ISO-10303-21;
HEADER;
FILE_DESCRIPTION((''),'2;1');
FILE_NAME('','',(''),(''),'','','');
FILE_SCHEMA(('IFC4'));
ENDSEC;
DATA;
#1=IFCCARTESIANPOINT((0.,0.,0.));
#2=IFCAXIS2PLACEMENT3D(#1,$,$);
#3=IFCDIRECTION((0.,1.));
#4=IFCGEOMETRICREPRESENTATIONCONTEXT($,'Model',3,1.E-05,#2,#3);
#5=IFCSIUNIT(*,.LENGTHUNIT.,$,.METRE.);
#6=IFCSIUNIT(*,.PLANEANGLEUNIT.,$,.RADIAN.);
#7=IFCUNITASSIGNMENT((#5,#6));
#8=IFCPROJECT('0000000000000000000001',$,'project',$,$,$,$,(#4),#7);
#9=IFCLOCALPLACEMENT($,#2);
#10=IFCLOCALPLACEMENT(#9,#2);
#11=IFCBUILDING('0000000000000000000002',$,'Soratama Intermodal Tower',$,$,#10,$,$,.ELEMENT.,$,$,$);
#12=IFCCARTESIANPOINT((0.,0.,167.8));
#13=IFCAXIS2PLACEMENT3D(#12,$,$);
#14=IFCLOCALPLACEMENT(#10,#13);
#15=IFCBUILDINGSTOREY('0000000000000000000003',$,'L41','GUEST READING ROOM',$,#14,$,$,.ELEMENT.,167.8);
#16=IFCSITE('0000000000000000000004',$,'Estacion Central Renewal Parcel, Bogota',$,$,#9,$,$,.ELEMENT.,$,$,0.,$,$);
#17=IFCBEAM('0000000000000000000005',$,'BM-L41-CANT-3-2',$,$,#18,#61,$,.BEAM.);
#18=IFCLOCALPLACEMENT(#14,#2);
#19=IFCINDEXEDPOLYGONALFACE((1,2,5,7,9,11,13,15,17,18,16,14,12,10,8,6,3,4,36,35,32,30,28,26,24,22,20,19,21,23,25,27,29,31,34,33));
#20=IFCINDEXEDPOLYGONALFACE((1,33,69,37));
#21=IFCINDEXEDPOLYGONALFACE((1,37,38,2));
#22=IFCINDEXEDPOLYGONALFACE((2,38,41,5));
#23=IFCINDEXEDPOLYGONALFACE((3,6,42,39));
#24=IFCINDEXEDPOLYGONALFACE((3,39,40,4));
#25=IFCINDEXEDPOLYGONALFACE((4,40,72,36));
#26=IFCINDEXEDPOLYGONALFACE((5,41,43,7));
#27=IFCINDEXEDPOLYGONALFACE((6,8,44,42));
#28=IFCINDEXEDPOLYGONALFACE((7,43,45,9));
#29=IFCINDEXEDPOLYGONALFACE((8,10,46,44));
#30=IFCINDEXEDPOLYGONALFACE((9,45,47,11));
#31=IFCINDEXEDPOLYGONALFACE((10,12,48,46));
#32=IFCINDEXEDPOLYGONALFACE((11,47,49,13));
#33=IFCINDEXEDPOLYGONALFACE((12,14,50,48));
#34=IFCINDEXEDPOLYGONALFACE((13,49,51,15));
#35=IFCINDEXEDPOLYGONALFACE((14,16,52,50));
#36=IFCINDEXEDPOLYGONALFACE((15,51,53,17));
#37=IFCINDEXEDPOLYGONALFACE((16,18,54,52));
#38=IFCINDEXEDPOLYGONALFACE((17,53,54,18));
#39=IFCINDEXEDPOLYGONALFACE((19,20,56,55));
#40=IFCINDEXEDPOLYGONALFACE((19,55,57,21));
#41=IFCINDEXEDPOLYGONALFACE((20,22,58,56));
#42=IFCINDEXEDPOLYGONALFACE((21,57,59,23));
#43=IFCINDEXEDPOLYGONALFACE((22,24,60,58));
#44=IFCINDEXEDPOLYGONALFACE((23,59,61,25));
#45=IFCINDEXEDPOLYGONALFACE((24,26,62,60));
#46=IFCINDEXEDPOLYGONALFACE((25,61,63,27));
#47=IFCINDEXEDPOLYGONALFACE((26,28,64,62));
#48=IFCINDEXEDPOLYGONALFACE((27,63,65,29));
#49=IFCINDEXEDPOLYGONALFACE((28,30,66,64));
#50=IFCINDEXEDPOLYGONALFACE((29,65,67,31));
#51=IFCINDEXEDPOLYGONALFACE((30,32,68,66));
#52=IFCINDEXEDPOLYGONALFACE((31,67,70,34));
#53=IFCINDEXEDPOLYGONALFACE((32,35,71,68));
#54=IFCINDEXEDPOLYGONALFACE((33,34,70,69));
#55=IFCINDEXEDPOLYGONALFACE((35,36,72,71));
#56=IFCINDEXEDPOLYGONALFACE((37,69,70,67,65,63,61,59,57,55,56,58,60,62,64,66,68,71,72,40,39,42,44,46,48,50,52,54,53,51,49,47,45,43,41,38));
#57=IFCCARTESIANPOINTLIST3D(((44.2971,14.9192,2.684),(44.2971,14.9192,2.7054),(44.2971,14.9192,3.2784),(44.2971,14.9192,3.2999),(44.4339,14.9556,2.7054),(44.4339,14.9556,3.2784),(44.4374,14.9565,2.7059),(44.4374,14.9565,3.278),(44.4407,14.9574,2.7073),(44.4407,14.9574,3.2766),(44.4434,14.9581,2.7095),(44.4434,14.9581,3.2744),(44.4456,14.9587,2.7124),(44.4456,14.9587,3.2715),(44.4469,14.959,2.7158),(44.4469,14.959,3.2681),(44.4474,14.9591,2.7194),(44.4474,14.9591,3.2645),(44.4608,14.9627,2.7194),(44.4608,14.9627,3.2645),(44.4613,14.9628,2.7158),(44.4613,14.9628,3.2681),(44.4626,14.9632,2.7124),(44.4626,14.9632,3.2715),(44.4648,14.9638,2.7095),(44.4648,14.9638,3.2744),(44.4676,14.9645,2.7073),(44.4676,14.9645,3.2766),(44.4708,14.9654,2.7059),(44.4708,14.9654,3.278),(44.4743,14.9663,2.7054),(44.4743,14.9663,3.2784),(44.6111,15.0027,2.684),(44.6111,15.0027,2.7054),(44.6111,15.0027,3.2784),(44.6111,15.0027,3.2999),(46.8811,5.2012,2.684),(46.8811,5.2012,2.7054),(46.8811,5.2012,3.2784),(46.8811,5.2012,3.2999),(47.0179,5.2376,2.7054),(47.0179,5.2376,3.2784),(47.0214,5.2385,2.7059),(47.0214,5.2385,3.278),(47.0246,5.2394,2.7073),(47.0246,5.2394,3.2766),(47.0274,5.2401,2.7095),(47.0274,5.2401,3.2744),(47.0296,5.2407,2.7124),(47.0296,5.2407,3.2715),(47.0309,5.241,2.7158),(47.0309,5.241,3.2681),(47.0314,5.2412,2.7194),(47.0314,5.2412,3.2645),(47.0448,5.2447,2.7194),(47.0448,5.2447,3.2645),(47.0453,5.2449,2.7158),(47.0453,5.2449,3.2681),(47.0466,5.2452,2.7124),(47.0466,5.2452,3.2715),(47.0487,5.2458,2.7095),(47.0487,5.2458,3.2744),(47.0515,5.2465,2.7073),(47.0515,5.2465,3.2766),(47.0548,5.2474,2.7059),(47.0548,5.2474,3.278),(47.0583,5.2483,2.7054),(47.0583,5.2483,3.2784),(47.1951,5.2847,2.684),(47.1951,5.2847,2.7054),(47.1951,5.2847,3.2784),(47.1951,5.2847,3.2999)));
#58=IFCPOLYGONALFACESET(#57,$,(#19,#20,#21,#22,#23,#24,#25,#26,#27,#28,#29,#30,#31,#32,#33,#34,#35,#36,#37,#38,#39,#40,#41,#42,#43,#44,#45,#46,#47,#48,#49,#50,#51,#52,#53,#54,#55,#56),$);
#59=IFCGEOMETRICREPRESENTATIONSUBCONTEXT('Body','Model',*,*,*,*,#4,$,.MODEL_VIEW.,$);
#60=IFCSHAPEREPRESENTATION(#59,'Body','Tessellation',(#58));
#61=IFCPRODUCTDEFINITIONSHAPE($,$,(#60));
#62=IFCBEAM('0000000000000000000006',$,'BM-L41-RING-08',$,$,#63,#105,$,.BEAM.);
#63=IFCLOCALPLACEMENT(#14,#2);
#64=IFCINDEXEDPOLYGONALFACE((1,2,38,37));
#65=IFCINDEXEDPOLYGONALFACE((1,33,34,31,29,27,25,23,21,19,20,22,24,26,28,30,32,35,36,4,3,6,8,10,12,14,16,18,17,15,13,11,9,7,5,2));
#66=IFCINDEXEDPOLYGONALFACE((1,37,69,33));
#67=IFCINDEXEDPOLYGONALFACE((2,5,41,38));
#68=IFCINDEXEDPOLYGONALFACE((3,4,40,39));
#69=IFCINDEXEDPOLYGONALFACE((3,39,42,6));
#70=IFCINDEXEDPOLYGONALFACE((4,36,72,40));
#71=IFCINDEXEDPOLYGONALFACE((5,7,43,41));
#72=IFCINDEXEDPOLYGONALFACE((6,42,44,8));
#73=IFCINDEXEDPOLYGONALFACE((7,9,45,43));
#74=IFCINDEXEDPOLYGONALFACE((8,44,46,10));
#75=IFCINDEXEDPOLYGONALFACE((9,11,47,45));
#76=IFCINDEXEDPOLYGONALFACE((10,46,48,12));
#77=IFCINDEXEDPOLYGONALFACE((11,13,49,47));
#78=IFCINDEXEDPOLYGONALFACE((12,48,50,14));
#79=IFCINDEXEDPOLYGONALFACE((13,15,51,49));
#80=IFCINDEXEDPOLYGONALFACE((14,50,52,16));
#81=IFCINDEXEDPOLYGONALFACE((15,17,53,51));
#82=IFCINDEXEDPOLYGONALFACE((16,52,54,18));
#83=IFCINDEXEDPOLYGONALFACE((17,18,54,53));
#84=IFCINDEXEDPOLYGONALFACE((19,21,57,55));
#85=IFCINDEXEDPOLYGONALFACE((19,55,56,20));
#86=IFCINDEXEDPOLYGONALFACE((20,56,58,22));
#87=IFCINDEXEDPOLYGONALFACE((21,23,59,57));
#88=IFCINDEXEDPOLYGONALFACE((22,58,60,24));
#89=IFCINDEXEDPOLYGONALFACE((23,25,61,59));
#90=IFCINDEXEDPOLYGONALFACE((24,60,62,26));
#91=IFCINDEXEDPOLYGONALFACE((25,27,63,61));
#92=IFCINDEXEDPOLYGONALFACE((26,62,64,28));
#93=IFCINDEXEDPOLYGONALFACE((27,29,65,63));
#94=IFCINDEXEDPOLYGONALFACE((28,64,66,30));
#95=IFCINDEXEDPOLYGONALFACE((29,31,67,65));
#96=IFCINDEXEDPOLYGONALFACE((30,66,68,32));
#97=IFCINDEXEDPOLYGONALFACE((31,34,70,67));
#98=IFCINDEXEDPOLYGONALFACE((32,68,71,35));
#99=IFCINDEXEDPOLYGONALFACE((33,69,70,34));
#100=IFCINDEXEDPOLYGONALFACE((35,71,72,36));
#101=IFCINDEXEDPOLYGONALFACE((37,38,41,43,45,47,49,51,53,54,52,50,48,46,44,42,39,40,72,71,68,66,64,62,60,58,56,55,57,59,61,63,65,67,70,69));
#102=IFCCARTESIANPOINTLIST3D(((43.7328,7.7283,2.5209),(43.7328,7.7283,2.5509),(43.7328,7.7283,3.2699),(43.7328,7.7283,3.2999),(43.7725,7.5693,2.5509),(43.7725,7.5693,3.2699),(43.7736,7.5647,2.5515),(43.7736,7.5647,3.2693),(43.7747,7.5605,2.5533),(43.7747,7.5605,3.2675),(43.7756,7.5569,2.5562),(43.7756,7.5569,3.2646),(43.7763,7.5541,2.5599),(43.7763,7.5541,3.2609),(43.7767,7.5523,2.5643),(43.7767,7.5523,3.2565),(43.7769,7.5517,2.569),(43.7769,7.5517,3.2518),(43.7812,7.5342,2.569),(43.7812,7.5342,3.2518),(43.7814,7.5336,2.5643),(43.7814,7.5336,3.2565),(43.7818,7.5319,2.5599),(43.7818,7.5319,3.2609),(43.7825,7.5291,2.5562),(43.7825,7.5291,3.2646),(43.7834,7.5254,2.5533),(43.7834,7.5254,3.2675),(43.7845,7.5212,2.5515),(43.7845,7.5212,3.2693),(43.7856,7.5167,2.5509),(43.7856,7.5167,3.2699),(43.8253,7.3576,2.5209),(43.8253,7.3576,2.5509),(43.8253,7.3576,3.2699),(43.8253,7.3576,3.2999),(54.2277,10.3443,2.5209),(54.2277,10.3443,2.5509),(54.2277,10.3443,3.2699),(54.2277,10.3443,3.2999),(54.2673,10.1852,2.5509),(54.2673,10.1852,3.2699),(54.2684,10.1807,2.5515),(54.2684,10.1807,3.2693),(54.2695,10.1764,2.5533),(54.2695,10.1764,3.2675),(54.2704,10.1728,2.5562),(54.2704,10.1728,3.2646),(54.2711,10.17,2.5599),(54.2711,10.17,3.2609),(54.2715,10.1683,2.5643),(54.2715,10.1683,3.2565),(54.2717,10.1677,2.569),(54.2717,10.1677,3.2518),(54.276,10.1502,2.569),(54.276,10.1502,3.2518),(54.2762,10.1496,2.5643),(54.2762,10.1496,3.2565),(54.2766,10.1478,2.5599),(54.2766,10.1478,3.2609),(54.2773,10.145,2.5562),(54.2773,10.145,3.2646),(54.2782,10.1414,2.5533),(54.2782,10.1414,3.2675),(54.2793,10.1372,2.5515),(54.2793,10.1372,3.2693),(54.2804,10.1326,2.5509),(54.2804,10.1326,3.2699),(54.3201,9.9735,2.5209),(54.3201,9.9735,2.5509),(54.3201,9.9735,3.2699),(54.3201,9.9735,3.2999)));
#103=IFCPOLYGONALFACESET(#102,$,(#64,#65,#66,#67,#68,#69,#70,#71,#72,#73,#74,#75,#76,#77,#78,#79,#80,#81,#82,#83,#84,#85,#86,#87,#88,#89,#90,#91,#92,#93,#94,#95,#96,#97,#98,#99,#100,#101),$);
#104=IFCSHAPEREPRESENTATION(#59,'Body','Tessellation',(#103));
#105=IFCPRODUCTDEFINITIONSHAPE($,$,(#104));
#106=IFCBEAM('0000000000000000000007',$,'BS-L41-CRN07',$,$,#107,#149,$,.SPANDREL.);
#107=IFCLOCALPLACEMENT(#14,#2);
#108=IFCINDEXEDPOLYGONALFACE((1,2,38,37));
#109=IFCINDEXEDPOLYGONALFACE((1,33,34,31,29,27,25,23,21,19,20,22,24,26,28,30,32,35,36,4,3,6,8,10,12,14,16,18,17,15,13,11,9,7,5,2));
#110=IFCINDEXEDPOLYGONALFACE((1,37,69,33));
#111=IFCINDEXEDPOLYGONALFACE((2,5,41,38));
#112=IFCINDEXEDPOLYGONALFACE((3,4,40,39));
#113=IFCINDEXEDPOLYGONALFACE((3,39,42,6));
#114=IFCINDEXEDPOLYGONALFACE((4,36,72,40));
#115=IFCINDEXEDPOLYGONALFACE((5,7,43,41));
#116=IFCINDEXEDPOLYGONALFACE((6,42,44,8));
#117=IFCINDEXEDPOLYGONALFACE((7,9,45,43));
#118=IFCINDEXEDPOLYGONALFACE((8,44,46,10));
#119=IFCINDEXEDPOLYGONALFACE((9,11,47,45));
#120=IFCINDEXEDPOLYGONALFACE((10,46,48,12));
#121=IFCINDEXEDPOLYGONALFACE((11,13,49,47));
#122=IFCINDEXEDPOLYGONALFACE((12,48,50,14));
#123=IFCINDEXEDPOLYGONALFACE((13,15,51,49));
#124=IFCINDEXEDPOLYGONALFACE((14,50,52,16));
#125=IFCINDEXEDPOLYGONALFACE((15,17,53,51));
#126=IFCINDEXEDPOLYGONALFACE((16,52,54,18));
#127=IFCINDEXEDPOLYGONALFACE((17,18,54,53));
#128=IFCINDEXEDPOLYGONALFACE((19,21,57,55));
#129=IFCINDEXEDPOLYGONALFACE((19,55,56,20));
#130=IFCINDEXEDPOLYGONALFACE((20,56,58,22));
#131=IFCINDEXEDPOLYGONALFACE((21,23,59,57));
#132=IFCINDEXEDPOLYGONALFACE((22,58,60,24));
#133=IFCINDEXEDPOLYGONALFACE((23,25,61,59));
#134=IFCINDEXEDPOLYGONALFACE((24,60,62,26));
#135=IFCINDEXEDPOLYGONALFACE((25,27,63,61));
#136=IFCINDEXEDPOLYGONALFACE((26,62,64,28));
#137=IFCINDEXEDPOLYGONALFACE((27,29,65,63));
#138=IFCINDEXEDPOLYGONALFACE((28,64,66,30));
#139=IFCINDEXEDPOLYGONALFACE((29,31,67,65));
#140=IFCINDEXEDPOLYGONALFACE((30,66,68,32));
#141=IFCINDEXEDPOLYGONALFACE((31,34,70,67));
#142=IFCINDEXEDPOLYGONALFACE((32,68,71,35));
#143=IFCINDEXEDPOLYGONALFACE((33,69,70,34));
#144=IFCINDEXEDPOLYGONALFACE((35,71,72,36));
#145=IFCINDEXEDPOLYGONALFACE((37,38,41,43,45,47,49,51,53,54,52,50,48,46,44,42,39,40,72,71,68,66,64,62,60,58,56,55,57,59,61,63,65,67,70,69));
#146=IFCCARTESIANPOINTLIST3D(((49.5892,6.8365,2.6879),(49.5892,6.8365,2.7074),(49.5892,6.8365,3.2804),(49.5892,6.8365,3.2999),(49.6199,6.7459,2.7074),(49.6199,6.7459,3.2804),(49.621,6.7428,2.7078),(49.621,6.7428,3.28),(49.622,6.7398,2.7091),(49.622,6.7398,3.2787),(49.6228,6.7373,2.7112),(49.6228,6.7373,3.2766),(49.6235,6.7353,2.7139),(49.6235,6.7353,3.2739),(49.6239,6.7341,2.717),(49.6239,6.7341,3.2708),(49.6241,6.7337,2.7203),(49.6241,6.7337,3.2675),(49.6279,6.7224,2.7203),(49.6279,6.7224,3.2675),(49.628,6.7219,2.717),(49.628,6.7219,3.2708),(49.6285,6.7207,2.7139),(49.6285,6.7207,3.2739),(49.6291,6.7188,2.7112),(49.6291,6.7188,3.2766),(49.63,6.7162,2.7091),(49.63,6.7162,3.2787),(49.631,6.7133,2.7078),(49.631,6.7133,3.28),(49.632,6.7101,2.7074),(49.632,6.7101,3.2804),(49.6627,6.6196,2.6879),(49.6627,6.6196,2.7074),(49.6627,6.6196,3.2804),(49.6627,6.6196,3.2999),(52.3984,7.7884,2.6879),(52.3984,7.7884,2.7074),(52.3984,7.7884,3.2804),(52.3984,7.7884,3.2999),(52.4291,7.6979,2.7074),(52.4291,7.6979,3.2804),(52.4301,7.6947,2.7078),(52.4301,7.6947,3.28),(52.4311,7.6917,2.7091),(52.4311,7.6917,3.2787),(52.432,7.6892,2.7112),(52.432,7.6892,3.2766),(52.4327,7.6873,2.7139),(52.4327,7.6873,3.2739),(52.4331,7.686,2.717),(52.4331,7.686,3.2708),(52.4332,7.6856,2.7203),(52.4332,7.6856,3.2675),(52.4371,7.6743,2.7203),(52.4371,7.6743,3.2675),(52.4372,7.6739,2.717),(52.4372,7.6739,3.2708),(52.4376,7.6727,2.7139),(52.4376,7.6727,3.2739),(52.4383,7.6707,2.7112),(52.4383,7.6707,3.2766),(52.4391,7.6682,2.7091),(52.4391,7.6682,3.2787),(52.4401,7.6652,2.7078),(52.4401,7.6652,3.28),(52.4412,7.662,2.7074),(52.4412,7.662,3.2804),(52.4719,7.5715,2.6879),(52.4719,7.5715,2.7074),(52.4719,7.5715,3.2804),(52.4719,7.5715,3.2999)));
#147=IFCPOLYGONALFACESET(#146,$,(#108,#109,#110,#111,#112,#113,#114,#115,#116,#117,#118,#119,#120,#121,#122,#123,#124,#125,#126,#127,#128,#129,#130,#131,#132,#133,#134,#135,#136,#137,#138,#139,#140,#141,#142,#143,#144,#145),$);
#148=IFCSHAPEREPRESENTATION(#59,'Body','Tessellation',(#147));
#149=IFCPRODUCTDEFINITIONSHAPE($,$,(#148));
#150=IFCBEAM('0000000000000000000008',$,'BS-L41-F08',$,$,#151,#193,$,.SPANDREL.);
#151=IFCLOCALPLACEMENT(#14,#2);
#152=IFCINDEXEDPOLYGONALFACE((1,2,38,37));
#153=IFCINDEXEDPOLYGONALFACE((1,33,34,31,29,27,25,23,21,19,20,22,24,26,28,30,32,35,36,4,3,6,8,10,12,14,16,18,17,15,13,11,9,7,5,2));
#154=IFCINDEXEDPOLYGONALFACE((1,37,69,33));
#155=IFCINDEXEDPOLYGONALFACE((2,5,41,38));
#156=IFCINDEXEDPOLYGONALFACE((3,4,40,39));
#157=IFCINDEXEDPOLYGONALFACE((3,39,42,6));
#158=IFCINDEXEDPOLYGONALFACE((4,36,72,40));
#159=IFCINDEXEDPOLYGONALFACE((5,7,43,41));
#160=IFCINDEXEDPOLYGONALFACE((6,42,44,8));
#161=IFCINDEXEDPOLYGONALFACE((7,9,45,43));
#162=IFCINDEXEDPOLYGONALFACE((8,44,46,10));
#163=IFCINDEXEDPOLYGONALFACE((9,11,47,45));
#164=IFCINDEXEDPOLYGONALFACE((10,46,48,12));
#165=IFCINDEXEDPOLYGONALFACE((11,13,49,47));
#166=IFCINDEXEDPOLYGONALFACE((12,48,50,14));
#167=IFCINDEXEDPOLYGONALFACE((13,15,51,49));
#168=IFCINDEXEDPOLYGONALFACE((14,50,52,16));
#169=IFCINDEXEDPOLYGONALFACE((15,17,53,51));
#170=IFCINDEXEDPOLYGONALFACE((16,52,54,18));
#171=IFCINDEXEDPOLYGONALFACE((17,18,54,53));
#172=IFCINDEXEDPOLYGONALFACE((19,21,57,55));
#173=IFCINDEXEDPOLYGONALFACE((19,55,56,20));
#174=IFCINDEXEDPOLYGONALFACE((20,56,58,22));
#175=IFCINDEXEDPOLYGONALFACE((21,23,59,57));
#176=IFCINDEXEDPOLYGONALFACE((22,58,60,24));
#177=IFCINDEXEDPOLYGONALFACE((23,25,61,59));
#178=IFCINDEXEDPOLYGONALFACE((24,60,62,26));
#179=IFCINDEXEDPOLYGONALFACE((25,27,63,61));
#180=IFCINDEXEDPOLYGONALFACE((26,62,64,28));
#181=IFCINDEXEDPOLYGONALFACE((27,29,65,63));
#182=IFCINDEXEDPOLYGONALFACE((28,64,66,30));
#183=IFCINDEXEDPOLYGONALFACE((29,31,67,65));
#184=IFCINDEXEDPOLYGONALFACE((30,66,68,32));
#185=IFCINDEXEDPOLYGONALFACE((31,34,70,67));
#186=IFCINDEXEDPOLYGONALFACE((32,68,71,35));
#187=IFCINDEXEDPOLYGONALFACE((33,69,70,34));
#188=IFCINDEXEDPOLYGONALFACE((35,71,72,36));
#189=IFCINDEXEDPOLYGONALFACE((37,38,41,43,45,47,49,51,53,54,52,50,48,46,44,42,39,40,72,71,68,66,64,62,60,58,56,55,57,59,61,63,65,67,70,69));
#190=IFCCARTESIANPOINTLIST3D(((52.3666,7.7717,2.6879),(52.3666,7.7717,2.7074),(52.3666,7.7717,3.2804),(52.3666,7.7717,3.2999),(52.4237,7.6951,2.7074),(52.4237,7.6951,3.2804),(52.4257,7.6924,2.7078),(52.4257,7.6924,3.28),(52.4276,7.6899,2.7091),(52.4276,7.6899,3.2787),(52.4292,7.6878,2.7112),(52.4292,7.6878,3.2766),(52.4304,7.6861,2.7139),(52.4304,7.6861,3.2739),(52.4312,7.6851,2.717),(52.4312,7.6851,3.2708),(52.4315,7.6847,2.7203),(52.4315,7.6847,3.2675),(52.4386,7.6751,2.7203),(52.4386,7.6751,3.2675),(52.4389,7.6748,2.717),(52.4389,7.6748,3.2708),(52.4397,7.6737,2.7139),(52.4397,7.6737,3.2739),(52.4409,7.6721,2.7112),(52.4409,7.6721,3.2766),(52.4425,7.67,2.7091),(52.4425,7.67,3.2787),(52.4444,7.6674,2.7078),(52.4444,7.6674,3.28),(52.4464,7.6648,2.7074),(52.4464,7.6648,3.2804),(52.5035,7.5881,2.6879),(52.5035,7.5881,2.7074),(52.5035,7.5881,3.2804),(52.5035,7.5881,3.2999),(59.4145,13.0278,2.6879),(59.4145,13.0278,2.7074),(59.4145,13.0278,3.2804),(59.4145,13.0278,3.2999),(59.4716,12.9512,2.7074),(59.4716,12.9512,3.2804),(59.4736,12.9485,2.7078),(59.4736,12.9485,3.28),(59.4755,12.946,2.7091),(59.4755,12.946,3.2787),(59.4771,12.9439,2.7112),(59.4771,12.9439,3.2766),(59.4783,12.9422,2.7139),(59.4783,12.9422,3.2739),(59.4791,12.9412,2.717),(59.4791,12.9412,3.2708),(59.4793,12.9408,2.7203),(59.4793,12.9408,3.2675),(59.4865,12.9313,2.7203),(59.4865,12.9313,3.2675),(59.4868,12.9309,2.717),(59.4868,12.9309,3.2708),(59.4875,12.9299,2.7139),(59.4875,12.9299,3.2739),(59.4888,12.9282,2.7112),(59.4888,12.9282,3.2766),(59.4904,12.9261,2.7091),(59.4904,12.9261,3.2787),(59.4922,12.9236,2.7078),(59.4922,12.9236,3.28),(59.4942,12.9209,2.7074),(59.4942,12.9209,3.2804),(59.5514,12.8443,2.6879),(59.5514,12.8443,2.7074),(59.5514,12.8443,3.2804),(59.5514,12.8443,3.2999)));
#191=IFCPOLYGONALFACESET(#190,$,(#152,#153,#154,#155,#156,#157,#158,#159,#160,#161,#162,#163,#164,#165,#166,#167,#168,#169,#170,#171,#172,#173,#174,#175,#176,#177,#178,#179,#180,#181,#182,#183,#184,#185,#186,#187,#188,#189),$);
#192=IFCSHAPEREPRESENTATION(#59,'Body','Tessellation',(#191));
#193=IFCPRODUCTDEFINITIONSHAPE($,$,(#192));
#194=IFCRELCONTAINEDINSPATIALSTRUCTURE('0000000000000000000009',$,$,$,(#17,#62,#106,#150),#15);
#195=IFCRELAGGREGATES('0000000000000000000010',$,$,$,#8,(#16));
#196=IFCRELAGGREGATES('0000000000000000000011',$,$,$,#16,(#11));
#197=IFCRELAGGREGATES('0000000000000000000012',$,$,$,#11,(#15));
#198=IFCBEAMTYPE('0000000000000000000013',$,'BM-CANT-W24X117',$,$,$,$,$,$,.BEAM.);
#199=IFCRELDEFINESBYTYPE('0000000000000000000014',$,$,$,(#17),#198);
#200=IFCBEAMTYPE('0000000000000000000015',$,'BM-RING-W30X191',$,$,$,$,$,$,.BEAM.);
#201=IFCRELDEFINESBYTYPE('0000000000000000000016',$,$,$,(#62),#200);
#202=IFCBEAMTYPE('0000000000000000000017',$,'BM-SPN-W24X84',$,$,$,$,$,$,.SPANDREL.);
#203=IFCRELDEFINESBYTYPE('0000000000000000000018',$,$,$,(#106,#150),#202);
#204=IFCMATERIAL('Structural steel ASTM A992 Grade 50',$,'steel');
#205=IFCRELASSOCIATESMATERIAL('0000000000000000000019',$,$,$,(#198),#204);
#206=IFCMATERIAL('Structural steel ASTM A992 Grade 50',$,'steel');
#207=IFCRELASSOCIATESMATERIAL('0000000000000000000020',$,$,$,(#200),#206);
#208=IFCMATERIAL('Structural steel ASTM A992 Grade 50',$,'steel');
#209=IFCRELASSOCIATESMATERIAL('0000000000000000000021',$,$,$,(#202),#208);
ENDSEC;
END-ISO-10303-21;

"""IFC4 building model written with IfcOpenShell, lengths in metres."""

from ifc_helpers import new_model, si_unit, direction, frame, origin, origin_2d, place, context, subcontext, project, spatial, i_section, extrude, material, material_profile, profile_set, type_object, element, save


model = new_model("IFC4")

# Units and contexts
model_context = context("Model", 3, precision=1e-05, world=origin(), true_north=direction((0.0, 1.0)))
body_context = subcontext(model_context, "Body", "Model", "MODEL_VIEW")
ifc_project = project(units=[si_unit("LENGTHUNIT", "METRE"), si_unit("PLANEANGLEUNIT", "RADIAN")], contexts=[model_context])

# Site, building, storey
site_placement = place(None, origin())
site = spatial("IfcSite", under=ifc_project, at=site_placement, Name="Estacion Central Renewal Parcel, Bogota", CompositionType="ELEMENT", RefElevation=0.0)
building_placement = place(site_placement, origin())
building = spatial("IfcBuilding", under=site, at=building_placement, Name="Soratama Intermodal Tower", CompositionType="ELEMENT")
storey_placement = place(building_placement, frame((0.0, 0.0, 167.8)))
storey = spatial("IfcBuildingStorey", under=building, at=storey_placement, Name="L41", Description="GUEST READING ROOM", CompositionType="ELEMENT", Elevation=167.8)

# Beams
ifc_material_1 = material(Name="Structural steel ASTM A992 Grade 50", Category="steel")
ifc_material_profile_1 = material_profile(ifc_material_1, i_section(OverallWidth=0.325, OverallDepth=0.616, WebThickness=0.0139, FlangeThickness=0.0215, FilletRadius=0.0139, at=origin_2d()), Name="W24X117")
ifc_profile_set_1 = profile_set([ifc_material_profile_1], Name="Structural steel ASTM A992 Grade 50")
beam_type_1 = type_object("IfcBeamType", Name="BM-CANT-W24X117", PredefinedType="BEAM", material=ifc_profile_set_1)
beam_1_placement = place(storey_placement, frame((44.4541, 14.9609, 2.9919), z_axis=(0.256967, -0.96642, 0.0), x_axis=(0.96642, 0.256967, 0.0)))
element("IfcBeam", 1, at=beam_1_placement, inside=storey, type_object=beam_type_1, Name="BM-L41-CANT-3-2", PredefinedType="BEAM", context=body_context, shape_type="SweptSolid", body=[
    extrude(i_section(OverallWidth=0.325, OverallDepth=0.616, WebThickness=0.0139, FlangeThickness=0.0215, FilletRadius=0.0139, at=origin_2d()), origin(), (0.0, 0.0, 1.0), 10.0557),
])
ifc_material_2 = material(Name="Structural steel ASTM A992 Grade 50", Category="steel")
ifc_material_profile_2 = material_profile(ifc_material_2, i_section(OverallWidth=0.3821, OverallDepth=0.7791, WebThickness=0.0181, FlangeThickness=0.03, FilletRadius=0.0181, at=origin_2d()), Name="W30X191")
ifc_profile_set_2 = profile_set([ifc_material_profile_2], Name="Structural steel ASTM A992 Grade 50")
beam_type_2 = type_object("IfcBeamType", Name="BM-RING-W30X191", PredefinedType="BEAM", material=ifc_profile_set_2)
beam_2_placement = place(storey_placement, frame((43.7791, 7.543, 2.9104), z_axis=(0.970311, 0.241861, 0.0), x_axis=(-0.241861, 0.970311, 0.0)))
element("IfcBeam", 2, at=beam_2_placement, inside=storey, type_object=beam_type_2, Name="BM-L41-RING-08", PredefinedType="BEAM", context=body_context, shape_type="SweptSolid", body=[
    extrude(i_section(OverallWidth=0.3821, OverallDepth=0.7791, WebThickness=0.0181, FlangeThickness=0.03, FilletRadius=0.0181, at=origin_2d()), origin(), (0.0, 0.0, 1.0), 10.8159),
])
ifc_material_3 = material(Name="Structural steel ASTM A992 Grade 50", Category="steel")
ifc_material_profile_3 = material_profile(ifc_material_3, i_section(OverallWidth=0.229, OverallDepth=0.6121, WebThickness=0.012, FlangeThickness=0.0195, FilletRadius=0.0129, at=origin_2d()), Name="W24X84")
ifc_profile_set_3 = profile_set([ifc_material_profile_3], Name="Structural steel ASTM A992 Grade 50")
beam_type_3 = type_object("IfcBeamType", Name="BM-SPN-W24X84", PredefinedType="SPANDREL", material=ifc_profile_set_3)
beam_3_placement = place(storey_placement, frame((49.626, 6.728, 2.9939), z_axis=(0.947099, 0.32094, 0.0), x_axis=(-0.32094, 0.947099, 0.0)))
element("IfcBeam", 3, at=beam_3_placement, inside=storey, type_object=beam_type_3, Name="BS-L41-CRN07", PredefinedType="SPANDREL", context=body_context, shape_type="SweptSolid", body=[
    extrude(i_section(OverallWidth=0.229, OverallDepth=0.6121, WebThickness=0.012, FlangeThickness=0.0195, FilletRadius=0.0129, at=origin_2d()), origin(), (0.0, 0.0, 1.0), 2.9661),
])
beam_4_placement = place(storey_placement, frame((52.4351, 7.6799, 2.9939), z_axis=(0.801623, 0.59783, 0.0), x_axis=(-0.59783, 0.801623, 0.0)))
element("IfcBeam", 4, at=beam_4_placement, inside=storey, type_object=beam_type_3, Name="BS-L41-F08", PredefinedType="SPANDREL", context=body_context, shape_type="SweptSolid", body=[
    extrude(i_section(OverallWidth=0.229, OverallDepth=0.6121, WebThickness=0.012, FlangeThickness=0.0195, FilletRadius=0.0129, at=origin_2d()), origin(), (0.0, 0.0, 1.0), 8.792),
])

save(model, "model.ifc")
